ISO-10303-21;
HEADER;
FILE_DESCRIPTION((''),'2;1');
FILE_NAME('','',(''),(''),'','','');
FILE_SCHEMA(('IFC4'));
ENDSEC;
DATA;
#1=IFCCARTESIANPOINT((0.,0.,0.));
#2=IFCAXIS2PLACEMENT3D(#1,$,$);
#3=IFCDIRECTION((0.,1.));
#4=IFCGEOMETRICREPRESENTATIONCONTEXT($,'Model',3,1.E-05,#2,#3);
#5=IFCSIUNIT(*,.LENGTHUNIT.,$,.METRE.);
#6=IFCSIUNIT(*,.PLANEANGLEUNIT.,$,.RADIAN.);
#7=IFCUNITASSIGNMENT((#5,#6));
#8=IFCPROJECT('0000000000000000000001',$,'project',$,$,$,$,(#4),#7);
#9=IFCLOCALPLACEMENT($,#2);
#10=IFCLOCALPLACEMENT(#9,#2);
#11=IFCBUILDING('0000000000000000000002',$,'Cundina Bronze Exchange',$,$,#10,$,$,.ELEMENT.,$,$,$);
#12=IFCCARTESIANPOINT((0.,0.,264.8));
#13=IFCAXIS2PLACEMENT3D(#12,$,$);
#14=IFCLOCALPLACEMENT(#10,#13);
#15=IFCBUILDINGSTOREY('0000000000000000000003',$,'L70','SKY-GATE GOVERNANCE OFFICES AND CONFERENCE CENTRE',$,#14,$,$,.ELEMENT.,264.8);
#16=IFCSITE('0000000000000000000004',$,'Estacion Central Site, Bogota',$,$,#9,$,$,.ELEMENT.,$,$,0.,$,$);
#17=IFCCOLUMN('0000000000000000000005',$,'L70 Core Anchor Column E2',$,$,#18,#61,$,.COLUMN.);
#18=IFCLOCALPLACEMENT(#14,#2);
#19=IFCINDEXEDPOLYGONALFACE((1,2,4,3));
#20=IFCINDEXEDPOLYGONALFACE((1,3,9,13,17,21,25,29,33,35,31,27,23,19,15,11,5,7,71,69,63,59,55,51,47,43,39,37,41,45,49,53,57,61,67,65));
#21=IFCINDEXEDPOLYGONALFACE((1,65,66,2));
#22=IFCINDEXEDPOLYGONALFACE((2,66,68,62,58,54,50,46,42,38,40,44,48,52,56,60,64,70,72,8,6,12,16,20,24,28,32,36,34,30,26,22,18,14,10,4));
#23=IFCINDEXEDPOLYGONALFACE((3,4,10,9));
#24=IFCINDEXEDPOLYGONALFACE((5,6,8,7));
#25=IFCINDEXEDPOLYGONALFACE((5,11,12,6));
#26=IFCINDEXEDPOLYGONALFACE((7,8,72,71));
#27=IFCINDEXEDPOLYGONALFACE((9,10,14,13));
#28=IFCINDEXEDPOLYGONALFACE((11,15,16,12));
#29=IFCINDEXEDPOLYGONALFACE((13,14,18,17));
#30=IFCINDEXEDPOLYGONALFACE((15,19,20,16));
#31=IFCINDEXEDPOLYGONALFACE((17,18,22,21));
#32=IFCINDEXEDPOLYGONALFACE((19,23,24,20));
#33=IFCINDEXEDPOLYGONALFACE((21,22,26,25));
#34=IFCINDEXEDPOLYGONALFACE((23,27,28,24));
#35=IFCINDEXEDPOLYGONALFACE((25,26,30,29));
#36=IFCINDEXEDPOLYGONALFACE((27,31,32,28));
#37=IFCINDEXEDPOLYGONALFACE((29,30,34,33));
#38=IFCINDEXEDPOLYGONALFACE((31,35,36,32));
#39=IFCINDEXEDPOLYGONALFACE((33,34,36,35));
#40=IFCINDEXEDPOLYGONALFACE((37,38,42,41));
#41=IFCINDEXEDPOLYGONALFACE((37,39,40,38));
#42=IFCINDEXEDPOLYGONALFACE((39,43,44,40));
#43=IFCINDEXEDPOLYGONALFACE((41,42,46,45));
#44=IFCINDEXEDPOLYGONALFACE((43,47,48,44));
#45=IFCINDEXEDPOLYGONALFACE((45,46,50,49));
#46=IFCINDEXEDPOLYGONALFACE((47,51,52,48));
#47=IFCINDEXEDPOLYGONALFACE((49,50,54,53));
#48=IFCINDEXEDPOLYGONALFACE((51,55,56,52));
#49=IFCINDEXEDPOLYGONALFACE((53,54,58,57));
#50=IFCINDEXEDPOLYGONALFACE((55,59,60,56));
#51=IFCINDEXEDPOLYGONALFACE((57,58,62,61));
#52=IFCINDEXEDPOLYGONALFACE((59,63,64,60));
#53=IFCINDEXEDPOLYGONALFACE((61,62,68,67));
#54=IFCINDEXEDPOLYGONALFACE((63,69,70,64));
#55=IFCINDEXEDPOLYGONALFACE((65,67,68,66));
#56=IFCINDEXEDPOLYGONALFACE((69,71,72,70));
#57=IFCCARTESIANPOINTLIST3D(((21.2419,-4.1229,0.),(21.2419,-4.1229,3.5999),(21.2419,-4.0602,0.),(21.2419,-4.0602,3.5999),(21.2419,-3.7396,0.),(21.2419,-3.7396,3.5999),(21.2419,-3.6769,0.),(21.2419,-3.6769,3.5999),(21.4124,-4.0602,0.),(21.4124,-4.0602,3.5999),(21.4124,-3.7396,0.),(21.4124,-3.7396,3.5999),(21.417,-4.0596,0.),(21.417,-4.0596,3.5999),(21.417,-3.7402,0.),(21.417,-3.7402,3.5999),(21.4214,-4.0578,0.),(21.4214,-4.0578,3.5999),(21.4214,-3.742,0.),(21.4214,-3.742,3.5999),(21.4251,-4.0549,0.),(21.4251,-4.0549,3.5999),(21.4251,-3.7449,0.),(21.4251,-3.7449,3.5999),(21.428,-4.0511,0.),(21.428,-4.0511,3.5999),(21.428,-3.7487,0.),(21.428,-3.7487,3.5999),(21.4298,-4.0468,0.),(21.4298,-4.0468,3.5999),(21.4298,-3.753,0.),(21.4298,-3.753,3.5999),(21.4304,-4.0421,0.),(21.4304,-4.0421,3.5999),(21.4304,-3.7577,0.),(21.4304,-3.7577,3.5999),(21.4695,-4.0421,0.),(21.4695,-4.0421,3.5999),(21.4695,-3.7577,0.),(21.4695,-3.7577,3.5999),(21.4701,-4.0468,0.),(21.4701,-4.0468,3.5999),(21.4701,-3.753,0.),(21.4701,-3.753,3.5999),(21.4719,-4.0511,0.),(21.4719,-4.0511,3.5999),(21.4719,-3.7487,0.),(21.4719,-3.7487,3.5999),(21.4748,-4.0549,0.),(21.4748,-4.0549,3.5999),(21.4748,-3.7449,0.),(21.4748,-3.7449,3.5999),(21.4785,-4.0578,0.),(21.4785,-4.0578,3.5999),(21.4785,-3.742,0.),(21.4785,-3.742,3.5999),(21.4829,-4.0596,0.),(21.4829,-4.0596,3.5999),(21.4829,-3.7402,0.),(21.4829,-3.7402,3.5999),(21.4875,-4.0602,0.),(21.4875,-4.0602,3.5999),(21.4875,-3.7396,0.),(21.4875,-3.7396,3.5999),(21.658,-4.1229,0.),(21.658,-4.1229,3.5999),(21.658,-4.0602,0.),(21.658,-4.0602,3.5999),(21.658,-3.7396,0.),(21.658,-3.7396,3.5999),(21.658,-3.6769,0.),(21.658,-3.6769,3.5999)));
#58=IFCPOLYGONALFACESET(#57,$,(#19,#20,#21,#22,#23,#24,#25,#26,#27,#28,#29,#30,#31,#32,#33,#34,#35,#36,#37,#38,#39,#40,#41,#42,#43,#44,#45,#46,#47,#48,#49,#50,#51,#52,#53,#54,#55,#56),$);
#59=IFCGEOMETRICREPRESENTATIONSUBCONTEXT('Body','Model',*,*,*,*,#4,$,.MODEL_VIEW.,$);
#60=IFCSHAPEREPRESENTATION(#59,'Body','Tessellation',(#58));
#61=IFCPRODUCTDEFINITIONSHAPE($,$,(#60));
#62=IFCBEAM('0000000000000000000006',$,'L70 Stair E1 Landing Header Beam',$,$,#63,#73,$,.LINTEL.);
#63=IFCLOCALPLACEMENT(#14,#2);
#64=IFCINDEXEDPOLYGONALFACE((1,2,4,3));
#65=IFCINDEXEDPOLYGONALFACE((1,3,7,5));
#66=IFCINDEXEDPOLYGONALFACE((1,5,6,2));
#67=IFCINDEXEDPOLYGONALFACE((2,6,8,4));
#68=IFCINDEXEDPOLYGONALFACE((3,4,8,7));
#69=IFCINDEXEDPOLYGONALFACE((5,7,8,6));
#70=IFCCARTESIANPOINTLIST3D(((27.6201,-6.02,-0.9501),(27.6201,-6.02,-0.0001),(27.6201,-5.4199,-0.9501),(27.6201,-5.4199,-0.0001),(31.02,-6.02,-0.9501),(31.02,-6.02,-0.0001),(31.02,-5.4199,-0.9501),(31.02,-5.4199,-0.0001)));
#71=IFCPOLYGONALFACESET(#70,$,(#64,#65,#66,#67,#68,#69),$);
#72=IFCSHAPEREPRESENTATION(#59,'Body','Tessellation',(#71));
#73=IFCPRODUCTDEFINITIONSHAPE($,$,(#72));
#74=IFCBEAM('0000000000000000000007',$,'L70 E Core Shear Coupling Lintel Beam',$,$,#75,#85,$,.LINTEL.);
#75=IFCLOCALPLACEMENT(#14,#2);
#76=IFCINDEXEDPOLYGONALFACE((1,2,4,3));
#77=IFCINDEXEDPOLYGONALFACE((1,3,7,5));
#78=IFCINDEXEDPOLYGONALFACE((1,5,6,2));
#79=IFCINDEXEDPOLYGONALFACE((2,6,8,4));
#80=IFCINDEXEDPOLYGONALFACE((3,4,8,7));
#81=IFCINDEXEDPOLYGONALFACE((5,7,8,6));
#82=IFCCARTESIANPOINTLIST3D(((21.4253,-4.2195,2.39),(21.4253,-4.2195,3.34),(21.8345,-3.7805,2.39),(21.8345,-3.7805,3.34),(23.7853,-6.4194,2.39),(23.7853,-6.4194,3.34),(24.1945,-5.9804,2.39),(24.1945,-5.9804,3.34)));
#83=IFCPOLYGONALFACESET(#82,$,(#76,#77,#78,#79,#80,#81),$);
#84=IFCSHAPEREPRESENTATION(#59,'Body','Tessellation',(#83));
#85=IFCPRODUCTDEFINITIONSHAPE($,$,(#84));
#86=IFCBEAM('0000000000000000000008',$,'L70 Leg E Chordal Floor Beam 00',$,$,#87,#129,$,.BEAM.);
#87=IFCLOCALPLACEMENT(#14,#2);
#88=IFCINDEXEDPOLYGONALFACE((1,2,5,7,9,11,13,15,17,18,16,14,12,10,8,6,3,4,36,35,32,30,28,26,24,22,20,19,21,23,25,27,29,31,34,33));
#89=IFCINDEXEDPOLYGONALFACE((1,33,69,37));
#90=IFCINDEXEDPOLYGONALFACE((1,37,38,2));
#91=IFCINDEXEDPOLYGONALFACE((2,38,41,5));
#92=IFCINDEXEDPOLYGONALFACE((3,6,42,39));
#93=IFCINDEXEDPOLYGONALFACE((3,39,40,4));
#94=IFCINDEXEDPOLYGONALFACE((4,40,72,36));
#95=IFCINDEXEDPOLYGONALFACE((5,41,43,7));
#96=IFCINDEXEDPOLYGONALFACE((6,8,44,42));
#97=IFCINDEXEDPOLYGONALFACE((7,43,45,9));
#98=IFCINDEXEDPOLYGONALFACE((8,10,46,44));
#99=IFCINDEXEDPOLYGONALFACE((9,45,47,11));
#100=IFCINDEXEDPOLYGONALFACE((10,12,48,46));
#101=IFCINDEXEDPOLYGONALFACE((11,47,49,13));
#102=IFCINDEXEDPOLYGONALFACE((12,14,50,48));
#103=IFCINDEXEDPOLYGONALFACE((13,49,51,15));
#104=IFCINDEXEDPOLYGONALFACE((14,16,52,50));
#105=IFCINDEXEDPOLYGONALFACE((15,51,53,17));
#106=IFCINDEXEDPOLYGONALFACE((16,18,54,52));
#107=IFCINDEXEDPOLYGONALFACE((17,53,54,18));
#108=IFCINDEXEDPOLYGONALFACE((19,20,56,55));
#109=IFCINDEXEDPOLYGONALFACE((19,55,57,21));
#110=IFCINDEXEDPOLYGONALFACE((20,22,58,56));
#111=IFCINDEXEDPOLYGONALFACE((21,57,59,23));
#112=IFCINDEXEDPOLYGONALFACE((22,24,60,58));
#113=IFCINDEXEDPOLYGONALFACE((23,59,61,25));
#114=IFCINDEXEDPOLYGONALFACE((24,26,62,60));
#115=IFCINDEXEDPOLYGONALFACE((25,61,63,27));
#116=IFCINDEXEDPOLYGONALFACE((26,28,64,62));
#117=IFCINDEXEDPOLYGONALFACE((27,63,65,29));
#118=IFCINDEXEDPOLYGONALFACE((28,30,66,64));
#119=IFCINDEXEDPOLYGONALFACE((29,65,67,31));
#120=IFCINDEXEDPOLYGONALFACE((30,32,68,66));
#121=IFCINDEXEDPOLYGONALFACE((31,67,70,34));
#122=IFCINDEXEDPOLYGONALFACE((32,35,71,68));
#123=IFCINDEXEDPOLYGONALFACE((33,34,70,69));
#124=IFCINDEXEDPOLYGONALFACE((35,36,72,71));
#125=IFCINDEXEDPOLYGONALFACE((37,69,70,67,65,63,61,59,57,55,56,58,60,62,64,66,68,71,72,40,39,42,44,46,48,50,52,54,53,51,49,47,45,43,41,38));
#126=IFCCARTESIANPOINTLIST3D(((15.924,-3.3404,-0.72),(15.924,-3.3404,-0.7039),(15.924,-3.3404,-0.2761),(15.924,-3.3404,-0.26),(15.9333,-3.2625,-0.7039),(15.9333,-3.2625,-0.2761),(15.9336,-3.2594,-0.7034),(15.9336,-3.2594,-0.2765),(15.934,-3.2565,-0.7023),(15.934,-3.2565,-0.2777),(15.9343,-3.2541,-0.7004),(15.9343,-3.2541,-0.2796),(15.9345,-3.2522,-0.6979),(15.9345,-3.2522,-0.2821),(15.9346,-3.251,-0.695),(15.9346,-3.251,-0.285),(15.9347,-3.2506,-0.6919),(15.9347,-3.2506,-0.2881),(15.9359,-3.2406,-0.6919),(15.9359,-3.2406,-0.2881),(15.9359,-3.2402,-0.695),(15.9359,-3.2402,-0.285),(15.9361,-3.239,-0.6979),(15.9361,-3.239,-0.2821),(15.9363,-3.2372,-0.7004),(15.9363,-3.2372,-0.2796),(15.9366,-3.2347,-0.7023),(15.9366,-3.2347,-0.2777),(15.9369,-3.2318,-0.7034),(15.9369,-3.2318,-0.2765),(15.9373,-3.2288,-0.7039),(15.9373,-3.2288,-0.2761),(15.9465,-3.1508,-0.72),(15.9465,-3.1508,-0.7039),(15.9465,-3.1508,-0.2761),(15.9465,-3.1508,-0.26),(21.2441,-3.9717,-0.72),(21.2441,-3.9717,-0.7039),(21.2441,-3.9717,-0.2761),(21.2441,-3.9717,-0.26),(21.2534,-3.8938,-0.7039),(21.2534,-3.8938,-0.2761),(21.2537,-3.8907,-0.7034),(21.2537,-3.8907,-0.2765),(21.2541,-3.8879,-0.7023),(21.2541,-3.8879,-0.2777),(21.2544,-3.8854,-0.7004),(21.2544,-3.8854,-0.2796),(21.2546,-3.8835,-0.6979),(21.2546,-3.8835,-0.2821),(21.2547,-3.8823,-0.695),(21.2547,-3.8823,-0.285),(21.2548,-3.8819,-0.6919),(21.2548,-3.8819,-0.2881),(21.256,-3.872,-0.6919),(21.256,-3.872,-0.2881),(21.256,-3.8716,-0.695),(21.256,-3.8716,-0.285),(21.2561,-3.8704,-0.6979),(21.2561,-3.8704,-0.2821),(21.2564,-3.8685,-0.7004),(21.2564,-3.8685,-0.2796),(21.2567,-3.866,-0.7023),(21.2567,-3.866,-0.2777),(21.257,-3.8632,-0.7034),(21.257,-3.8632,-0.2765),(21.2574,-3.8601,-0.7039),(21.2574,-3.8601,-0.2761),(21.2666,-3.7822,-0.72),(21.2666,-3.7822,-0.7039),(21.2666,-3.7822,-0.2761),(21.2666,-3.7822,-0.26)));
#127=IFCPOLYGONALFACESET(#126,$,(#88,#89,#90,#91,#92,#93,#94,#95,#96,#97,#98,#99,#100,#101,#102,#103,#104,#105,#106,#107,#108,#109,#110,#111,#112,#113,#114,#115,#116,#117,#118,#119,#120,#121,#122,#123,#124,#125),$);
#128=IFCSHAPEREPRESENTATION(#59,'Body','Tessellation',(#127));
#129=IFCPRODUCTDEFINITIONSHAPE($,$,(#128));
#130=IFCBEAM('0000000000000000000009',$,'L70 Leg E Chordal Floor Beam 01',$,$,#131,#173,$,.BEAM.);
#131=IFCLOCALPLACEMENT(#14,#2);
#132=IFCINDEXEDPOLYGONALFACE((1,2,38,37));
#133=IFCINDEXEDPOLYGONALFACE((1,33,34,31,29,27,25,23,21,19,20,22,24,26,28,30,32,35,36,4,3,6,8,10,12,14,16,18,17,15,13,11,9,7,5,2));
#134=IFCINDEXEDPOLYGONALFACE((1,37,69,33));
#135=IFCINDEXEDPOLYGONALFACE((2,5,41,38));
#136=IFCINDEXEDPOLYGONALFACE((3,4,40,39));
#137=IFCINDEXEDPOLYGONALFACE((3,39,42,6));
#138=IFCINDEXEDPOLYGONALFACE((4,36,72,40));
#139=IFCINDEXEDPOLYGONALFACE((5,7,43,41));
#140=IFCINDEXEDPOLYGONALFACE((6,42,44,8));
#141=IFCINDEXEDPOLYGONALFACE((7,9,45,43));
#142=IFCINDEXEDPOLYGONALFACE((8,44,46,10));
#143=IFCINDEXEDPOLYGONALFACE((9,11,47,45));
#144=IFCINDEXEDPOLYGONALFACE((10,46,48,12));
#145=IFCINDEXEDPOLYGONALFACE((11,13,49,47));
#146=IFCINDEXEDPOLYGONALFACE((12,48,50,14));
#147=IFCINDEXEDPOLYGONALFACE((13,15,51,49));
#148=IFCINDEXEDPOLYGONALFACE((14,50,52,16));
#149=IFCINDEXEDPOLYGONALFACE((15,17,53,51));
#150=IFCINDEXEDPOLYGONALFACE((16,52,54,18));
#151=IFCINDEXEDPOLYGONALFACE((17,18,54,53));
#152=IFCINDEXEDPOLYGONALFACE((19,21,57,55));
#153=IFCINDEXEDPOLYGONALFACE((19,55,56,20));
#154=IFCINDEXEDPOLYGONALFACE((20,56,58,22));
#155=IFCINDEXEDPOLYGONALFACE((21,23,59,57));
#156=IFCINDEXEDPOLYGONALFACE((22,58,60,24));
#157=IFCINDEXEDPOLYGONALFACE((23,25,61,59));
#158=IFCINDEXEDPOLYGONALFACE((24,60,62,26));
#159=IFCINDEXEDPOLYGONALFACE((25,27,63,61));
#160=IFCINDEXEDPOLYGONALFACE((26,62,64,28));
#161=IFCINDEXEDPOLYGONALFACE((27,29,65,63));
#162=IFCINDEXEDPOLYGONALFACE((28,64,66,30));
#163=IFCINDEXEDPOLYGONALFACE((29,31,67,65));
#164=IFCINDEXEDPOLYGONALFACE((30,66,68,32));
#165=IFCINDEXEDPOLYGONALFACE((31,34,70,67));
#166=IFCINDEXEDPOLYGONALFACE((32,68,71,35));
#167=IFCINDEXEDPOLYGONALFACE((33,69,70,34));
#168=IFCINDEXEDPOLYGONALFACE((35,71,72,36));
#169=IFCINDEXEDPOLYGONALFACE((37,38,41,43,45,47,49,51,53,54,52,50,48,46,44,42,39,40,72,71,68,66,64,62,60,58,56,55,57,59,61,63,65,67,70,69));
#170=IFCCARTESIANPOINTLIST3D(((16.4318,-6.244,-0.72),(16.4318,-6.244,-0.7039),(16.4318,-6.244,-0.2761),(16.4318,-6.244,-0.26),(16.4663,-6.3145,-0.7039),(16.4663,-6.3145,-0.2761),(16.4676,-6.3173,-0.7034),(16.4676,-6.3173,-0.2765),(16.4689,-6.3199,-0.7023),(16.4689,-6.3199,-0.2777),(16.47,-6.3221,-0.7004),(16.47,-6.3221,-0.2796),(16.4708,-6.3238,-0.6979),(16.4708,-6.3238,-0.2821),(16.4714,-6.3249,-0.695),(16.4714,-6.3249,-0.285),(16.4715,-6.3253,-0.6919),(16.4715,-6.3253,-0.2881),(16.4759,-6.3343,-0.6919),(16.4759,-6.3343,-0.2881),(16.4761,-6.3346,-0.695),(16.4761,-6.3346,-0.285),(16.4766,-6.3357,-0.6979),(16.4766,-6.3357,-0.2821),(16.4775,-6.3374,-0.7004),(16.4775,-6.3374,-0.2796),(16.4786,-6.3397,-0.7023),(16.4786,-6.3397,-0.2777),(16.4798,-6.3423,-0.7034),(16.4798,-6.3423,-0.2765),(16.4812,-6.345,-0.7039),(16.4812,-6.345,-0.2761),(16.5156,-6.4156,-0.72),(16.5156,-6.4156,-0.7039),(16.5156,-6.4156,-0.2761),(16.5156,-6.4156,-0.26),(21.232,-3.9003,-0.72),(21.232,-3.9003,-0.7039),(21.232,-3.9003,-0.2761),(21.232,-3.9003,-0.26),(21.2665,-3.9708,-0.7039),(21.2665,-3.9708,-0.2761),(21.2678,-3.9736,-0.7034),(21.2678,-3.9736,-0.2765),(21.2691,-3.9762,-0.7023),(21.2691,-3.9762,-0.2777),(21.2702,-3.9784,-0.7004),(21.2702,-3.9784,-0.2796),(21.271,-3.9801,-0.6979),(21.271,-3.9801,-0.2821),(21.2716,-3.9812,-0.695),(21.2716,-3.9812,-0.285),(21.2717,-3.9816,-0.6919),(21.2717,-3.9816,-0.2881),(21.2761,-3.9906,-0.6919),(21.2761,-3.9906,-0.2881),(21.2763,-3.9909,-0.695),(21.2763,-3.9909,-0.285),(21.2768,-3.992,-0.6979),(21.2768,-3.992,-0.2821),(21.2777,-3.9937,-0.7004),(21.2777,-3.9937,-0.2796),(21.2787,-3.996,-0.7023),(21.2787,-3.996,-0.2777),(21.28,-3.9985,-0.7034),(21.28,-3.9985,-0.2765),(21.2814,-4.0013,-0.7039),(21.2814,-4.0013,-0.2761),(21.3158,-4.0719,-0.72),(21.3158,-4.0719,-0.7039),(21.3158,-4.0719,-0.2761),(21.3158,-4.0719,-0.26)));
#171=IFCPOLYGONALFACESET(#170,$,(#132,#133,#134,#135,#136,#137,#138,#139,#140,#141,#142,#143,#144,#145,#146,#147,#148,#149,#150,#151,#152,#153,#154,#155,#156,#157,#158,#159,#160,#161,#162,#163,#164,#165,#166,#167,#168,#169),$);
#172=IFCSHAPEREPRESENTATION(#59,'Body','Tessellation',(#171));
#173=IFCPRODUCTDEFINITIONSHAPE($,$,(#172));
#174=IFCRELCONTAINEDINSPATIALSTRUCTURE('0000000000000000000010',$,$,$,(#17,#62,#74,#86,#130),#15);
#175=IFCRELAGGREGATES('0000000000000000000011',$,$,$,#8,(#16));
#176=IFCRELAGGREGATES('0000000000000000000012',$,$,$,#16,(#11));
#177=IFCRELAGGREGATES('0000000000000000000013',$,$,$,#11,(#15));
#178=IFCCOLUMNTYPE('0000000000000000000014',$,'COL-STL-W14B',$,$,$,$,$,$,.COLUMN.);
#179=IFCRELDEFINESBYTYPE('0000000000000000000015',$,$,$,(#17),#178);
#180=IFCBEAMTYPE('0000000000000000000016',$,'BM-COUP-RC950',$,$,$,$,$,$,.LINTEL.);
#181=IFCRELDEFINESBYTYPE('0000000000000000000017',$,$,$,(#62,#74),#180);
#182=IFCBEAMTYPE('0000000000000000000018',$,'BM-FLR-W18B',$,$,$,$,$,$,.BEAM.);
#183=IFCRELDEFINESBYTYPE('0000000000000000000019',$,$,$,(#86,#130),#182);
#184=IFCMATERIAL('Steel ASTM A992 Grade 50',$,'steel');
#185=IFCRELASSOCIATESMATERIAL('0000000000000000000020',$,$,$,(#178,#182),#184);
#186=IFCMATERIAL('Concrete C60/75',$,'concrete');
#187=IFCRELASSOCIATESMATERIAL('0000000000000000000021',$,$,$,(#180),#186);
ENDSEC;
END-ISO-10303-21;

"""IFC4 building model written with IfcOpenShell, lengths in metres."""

from ifc_helpers import new_model, si_unit, direction, frame, origin, origin_2d, place, context, subcontext, project, spatial, rectangle, i_section, extrude, material, material_profile, profile_set, type_object, element, save


model = new_model("IFC4")

# Units and contexts
model_context = context("Model", 3, precision=1e-05, world=origin(), true_north=direction((0.0, 1.0)))
body_context = subcontext(model_context, "Body", "Model", "MODEL_VIEW")
ifc_project = project(units=[si_unit("LENGTHUNIT", "METRE"), si_unit("PLANEANGLEUNIT", "RADIAN")], contexts=[model_context])

# Site, building, storey
site_placement = place(None, origin())
site = spatial("IfcSite", under=ifc_project, at=site_placement, Name="Estacion Central Site, Bogota", CompositionType="ELEMENT", RefElevation=0.0)
building_placement = place(site_placement, origin())
building = spatial("IfcBuilding", under=site, at=building_placement, Name="Cundina Bronze Exchange", CompositionType="ELEMENT")
storey_placement = place(building_placement, frame((0.0, 0.0, 264.8)))
storey = spatial("IfcBuildingStorey", under=building, at=storey_placement, Name="L70", Description="SKY-GATE GOVERNANCE OFFICES AND CONFERENCE CENTRE", CompositionType="ELEMENT", Elevation=264.8)

# Column
ifc_material_1 = material(Name="Steel ASTM A992 Grade 50", Category="steel")
ifc_material_profile_1 = material_profile(ifc_material_1, i_section(OverallWidth=0.416, OverallDepth=0.446, WebThickness=0.0391, FlangeThickness=0.0627, FilletRadius=0.0181, at=origin_2d()), Name="W14X342", Category="steel")
ifc_profile_set_1 = profile_set([ifc_material_profile_1], Name="Steel ASTM A992 Grade 50")
column_type = type_object("IfcColumnType", Name="COL-STL-W14B", PredefinedType="COLUMN", material=ifc_profile_set_1)
column_placement = place(storey_placement, frame((21.45, -3.8999, 0.0), z_axis=(0.0, 0.0, 1.0), x_axis=(1.0, 0.0, 0.0)))
element("IfcColumn", 1, at=column_placement, inside=storey, type_object=column_type, Name="L70 Core Anchor Column E2", PredefinedType="COLUMN", context=body_context, shape_type="SweptSolid", body=[
    extrude(i_section(OverallWidth=0.416, OverallDepth=0.446, WebThickness=0.0391, FlangeThickness=0.0627, FilletRadius=0.0181, at=origin_2d()), origin(), (0.0, 0.0, 1.0), 3.5999),
])

# Beams
ifc_material_2 = material(Name="Concrete C60/75", Category="concrete")
ifc_material_profile_2 = material_profile(ifc_material_2, rectangle(XDim=0.6001, YDim=0.95, at=origin_2d()), Name="RC600X950", Category="concrete")
ifc_profile_set_2 = profile_set([ifc_material_profile_2], Name="Concrete C60/75")
beam_type_1 = type_object("IfcBeamType", Name="BM-COUP-RC950", PredefinedType="LINTEL", material=ifc_profile_set_2)
beam_1_placement = place(storey_placement, frame((27.6201, -5.72, -0.4751), z_axis=(1.0, 0.0, 0.0), x_axis=(0.0, 1.0, 0.0)))
element("IfcBeam", 2, at=beam_1_placement, inside=storey, type_object=beam_type_1, Name="L70 Stair E1 Landing Header Beam", PredefinedType="LINTEL", context=body_context, shape_type="SweptSolid", body=[
    extrude(rectangle(XDim=0.6001, YDim=0.95, at=origin_2d()), origin(), (0.0, 0.0, 1.0), 3.3999),
])
beam_2_placement = place(storey_placement, frame((21.6299, -4.0, 2.865), z_axis=(0.73149, -0.681852, 0.0), x_axis=(0.681852, 0.73149, 0.0)))
element("IfcBeam", 3, at=beam_2_placement, inside=storey, type_object=beam_type_1, Name="L70 E Core Shear Coupling Lintel Beam", PredefinedType="LINTEL", context=body_context, shape_type="SweptSolid", body=[
    extrude(rectangle(XDim=0.6001, YDim=0.95, at=origin_2d()), origin(), (0.0, 0.0, 1.0), 3.2263),
])
ifc_material_profile_3 = material_profile(ifc_material_1, i_section(OverallWidth=0.1909, OverallDepth=0.46, WebThickness=0.01, FlangeThickness=0.0161, FilletRadius=0.012, at=origin_2d()), Name="W18X55", Category="steel")
ifc_profile_set_3 = profile_set([ifc_material_profile_3], Name="Steel ASTM A992 Grade 50")
beam_type_2 = type_object("IfcBeamType", Name="BM-FLR-W18B", PredefinedType="BEAM", material=ifc_profile_set_3)
beam_3_placement = place(storey_placement, frame((21.2554, -3.877, -0.49), z_axis=(-0.993032, 0.117846, 0.0), x_axis=(-0.117846, -0.993032, 0.0)))
element("IfcBeam", 4, at=beam_3_placement, inside=storey, type_object=beam_type_2, Name="L70 Leg E Chordal Floor Beam 00", PredefinedType="BEAM", context=body_context, shape_type="SweptSolid", body=[
    extrude(i_section(OverallWidth=0.1909, OverallDepth=0.46, WebThickness=0.01, FlangeThickness=0.0161, FilletRadius=0.012, at=origin_2d()), origin(), (0.0, 0.0, 1.0), 5.3574),
])
beam_4_placement = place(storey_placement, frame((21.2739, -3.9861, -0.49), z_axis=(-0.89861, -0.438748, 0.0), x_axis=(0.438748, -0.89861, 0.0)))
element("IfcBeam", 5, at=beam_4_placement, inside=storey, type_object=beam_type_2, Name="L70 Leg E Chordal Floor Beam 01", PredefinedType="BEAM", context=body_context, shape_type="SweptSolid", body=[
    extrude(i_section(OverallWidth=0.1909, OverallDepth=0.46, WebThickness=0.01, FlangeThickness=0.0161, FilletRadius=0.012, at=origin_2d()), origin(), (0.0, 0.0, 1.0), 5.3418),
])

save(model, "model.ifc")
